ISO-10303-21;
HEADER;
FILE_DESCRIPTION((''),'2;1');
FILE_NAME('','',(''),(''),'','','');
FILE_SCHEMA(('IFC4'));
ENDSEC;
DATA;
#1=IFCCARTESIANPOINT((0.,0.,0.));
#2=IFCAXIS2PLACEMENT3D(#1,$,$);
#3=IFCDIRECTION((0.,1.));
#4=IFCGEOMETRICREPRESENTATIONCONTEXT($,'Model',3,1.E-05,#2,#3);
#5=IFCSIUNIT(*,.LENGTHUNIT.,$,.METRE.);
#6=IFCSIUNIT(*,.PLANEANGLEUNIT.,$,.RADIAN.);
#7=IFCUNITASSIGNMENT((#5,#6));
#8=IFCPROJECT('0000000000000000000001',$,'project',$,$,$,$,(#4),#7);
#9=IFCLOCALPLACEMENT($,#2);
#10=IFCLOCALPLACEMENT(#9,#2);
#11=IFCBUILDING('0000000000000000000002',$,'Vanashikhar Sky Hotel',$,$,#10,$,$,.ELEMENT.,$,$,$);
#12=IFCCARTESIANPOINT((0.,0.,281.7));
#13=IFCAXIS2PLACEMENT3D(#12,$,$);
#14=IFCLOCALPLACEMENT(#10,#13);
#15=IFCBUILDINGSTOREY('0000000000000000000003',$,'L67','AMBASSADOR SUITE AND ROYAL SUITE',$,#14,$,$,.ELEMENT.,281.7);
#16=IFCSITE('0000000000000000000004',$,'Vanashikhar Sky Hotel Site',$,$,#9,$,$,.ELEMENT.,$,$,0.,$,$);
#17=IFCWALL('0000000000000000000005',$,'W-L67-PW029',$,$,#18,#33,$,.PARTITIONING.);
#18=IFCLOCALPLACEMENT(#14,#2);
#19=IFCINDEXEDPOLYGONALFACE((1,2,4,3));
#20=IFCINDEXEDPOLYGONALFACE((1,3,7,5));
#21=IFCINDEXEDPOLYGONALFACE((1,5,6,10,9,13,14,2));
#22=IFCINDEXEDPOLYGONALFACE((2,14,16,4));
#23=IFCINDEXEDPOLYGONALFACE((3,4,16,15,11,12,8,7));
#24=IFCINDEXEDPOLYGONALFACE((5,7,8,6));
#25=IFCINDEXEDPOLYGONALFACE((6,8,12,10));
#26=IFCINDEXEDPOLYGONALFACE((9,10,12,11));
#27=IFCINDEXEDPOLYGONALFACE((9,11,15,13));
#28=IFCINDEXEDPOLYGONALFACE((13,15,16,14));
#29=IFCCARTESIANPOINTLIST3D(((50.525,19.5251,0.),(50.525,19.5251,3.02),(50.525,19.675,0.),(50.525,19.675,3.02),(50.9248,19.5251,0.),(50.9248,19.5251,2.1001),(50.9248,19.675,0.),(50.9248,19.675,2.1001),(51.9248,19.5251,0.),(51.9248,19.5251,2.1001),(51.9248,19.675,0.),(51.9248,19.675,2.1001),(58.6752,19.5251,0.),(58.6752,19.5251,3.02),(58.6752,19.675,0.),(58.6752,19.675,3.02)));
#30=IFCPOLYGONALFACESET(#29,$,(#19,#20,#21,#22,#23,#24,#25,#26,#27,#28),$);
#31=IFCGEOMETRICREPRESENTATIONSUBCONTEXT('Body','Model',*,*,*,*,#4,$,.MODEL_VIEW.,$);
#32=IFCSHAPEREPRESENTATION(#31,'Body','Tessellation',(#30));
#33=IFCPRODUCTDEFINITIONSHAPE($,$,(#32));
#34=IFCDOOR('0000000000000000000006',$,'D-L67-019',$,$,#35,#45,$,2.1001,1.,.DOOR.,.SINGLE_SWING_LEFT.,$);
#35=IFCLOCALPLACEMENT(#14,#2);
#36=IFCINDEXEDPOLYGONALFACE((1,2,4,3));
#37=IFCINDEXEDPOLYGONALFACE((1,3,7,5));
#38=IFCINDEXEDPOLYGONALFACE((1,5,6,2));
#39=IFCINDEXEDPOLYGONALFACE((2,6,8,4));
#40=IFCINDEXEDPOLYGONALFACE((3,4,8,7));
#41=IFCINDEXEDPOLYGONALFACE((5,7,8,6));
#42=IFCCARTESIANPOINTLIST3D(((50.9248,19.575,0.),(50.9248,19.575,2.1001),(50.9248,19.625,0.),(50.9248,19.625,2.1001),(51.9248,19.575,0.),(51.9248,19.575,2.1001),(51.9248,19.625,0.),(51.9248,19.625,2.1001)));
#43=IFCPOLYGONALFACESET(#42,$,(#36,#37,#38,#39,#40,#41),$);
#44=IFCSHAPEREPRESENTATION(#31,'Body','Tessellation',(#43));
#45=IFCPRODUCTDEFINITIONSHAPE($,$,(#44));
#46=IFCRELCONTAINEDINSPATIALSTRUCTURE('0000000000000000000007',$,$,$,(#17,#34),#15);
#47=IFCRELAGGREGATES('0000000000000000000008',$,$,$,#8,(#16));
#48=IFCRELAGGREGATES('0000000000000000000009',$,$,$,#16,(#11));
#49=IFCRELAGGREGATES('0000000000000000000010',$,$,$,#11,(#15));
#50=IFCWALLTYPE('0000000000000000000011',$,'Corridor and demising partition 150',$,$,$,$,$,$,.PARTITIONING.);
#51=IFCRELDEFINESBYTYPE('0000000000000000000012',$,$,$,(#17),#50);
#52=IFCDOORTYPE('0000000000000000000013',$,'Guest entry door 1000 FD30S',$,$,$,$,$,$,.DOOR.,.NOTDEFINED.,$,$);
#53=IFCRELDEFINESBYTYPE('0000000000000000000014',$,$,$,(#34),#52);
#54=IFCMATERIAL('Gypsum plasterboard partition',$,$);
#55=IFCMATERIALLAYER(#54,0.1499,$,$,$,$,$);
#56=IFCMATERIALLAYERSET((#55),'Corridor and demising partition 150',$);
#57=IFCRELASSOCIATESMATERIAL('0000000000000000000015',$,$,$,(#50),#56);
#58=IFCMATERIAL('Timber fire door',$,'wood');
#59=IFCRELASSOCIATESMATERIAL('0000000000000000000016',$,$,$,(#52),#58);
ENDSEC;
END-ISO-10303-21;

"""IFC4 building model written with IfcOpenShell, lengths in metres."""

from ifc_helpers import new_model, si_unit, direction, frame, frame_2d, origin, place, context, subcontext, project, spatial, rectangle, extrude, source, transform, mapped, material, layer, layer_set, type_object, element, fill, save


model = new_model("IFC4")

# Units and contexts
model_context = context("Model", 3, precision=1e-05, world=origin(), true_north=direction((0.0, 1.0)))
body_context = subcontext(model_context, "Body", "Model", "MODEL_VIEW")
ifc_project = project(units=[si_unit("LENGTHUNIT", "METRE"), si_unit("PLANEANGLEUNIT", "RADIAN")], contexts=[model_context])

# Site, building, storey
site_placement = place(None, origin())
site = spatial("IfcSite", under=ifc_project, at=site_placement, Name="Vanashikhar Sky Hotel Site", CompositionType="ELEMENT", RefElevation=0.0)
building_placement = place(site_placement, origin())
building = spatial("IfcBuilding", under=site, at=building_placement, Name="Vanashikhar Sky Hotel", CompositionType="ELEMENT")
storey_placement = place(building_placement, frame((0.0, 0.0, 281.7)))
storey = spatial("IfcBuildingStorey", under=building, at=storey_placement, Name="L67", Description="AMBASSADOR SUITE AND ROYAL SUITE", CompositionType="ELEMENT", Elevation=281.7)

# Shared definitions
ifc_material_1 = material(Name="Gypsum plasterboard partition")

# Wall, opening, door
ifc_layer_1 = layer(ifc_material_1, 0.1499)
ifc_layer_set_1 = layer_set([ifc_layer_1], Name="Corridor and demising partition 150")
wall_type_1 = type_object("IfcWallType", Name="Corridor and demising partition 150", PredefinedType="PARTITIONING", material=ifc_layer_set_1)
shared_shape_1 = source(origin(), body_context, "Body", "SweptSolid", [
    extrude(rectangle(XDim=8.1501, YDim=0.1499, at=frame_2d((4.0752, 0.0))), origin(), (0.0, 0.0, 1.0), 3.02),
])
wall_1_placement = place(storey_placement, frame((50.5249, 19.6001, 0.0), z_axis=(0.0, 0.0, 1.0), x_axis=(1.0, 0.0, 0.0)))
wall_1 = element("IfcWall", 1, at=wall_1_placement, inside=storey, type_object=wall_type_1, Name="W-L67-PW029", PredefinedType="PARTITIONING", context=body_context, shape_type="MappedRepresentation", body=[
    mapped(shared_shape_1, transform((0.0, 0.0, 0.0), scale=1.0)),
])
shared_shape_2 = source(origin(), body_context, "Body", "SweptSolid", [
    extrude(rectangle(XDim=1.0, YDim=2.1001, at=frame_2d((0.5, 1.05))), frame((0.0, 0.085, 0.0), z_axis=(0.0, -1.0, 0.0), x_axis=(1.0, 0.0, 0.0)), (0.0, 0.0, 1.0), 0.1699),
])
opening_1_placement = place(wall_1_placement, frame((0.3999, 0.0, 0.0)))
opening_1 = element("IfcOpeningElement", 2, at=opening_1_placement, cuts=wall_1, PredefinedType="OPENING", context=body_context, shape_type="MappedRepresentation", body=[
    mapped(shared_shape_2, transform((0.0, 0.0, 0.0), scale=1.0)),
])
ifc_material_2 = material(Name="Timber fire door", Category="wood")
door_type_1 = type_object("IfcDoorType", Name="Guest entry door 1000 FD30S", OperationType="NOTDEFINED", PredefinedType="DOOR", material=ifc_material_2)
shared_shape_3 = source(origin(), body_context, "Body", "SweptSolid", [
    extrude(rectangle(XDim=1.0, YDim=2.1001, at=frame_2d((0.5, 1.05))), frame((0.0, 0.0249, 0.0), z_axis=(0.0, -1.0, 0.0), x_axis=(1.0, 0.0, 0.0)), (0.0, 0.0, 1.0), 0.05),
])
door_1_placement = place(opening_1_placement, origin())
door_1 = element("IfcDoor", 3, at=door_1_placement, inside=storey, type_object=door_type_1, Name="D-L67-019", OperationType="SINGLE_SWING_LEFT", OverallHeight=2.1001, OverallWidth=1.0, PredefinedType="DOOR", context=body_context, shape_type="MappedRepresentation", body=[
    mapped(shared_shape_3, transform((0.0, 0.0, 0.0), scale=1.0)),
])
fill(opening_1, door_1)

save(model, "model.ifc")
